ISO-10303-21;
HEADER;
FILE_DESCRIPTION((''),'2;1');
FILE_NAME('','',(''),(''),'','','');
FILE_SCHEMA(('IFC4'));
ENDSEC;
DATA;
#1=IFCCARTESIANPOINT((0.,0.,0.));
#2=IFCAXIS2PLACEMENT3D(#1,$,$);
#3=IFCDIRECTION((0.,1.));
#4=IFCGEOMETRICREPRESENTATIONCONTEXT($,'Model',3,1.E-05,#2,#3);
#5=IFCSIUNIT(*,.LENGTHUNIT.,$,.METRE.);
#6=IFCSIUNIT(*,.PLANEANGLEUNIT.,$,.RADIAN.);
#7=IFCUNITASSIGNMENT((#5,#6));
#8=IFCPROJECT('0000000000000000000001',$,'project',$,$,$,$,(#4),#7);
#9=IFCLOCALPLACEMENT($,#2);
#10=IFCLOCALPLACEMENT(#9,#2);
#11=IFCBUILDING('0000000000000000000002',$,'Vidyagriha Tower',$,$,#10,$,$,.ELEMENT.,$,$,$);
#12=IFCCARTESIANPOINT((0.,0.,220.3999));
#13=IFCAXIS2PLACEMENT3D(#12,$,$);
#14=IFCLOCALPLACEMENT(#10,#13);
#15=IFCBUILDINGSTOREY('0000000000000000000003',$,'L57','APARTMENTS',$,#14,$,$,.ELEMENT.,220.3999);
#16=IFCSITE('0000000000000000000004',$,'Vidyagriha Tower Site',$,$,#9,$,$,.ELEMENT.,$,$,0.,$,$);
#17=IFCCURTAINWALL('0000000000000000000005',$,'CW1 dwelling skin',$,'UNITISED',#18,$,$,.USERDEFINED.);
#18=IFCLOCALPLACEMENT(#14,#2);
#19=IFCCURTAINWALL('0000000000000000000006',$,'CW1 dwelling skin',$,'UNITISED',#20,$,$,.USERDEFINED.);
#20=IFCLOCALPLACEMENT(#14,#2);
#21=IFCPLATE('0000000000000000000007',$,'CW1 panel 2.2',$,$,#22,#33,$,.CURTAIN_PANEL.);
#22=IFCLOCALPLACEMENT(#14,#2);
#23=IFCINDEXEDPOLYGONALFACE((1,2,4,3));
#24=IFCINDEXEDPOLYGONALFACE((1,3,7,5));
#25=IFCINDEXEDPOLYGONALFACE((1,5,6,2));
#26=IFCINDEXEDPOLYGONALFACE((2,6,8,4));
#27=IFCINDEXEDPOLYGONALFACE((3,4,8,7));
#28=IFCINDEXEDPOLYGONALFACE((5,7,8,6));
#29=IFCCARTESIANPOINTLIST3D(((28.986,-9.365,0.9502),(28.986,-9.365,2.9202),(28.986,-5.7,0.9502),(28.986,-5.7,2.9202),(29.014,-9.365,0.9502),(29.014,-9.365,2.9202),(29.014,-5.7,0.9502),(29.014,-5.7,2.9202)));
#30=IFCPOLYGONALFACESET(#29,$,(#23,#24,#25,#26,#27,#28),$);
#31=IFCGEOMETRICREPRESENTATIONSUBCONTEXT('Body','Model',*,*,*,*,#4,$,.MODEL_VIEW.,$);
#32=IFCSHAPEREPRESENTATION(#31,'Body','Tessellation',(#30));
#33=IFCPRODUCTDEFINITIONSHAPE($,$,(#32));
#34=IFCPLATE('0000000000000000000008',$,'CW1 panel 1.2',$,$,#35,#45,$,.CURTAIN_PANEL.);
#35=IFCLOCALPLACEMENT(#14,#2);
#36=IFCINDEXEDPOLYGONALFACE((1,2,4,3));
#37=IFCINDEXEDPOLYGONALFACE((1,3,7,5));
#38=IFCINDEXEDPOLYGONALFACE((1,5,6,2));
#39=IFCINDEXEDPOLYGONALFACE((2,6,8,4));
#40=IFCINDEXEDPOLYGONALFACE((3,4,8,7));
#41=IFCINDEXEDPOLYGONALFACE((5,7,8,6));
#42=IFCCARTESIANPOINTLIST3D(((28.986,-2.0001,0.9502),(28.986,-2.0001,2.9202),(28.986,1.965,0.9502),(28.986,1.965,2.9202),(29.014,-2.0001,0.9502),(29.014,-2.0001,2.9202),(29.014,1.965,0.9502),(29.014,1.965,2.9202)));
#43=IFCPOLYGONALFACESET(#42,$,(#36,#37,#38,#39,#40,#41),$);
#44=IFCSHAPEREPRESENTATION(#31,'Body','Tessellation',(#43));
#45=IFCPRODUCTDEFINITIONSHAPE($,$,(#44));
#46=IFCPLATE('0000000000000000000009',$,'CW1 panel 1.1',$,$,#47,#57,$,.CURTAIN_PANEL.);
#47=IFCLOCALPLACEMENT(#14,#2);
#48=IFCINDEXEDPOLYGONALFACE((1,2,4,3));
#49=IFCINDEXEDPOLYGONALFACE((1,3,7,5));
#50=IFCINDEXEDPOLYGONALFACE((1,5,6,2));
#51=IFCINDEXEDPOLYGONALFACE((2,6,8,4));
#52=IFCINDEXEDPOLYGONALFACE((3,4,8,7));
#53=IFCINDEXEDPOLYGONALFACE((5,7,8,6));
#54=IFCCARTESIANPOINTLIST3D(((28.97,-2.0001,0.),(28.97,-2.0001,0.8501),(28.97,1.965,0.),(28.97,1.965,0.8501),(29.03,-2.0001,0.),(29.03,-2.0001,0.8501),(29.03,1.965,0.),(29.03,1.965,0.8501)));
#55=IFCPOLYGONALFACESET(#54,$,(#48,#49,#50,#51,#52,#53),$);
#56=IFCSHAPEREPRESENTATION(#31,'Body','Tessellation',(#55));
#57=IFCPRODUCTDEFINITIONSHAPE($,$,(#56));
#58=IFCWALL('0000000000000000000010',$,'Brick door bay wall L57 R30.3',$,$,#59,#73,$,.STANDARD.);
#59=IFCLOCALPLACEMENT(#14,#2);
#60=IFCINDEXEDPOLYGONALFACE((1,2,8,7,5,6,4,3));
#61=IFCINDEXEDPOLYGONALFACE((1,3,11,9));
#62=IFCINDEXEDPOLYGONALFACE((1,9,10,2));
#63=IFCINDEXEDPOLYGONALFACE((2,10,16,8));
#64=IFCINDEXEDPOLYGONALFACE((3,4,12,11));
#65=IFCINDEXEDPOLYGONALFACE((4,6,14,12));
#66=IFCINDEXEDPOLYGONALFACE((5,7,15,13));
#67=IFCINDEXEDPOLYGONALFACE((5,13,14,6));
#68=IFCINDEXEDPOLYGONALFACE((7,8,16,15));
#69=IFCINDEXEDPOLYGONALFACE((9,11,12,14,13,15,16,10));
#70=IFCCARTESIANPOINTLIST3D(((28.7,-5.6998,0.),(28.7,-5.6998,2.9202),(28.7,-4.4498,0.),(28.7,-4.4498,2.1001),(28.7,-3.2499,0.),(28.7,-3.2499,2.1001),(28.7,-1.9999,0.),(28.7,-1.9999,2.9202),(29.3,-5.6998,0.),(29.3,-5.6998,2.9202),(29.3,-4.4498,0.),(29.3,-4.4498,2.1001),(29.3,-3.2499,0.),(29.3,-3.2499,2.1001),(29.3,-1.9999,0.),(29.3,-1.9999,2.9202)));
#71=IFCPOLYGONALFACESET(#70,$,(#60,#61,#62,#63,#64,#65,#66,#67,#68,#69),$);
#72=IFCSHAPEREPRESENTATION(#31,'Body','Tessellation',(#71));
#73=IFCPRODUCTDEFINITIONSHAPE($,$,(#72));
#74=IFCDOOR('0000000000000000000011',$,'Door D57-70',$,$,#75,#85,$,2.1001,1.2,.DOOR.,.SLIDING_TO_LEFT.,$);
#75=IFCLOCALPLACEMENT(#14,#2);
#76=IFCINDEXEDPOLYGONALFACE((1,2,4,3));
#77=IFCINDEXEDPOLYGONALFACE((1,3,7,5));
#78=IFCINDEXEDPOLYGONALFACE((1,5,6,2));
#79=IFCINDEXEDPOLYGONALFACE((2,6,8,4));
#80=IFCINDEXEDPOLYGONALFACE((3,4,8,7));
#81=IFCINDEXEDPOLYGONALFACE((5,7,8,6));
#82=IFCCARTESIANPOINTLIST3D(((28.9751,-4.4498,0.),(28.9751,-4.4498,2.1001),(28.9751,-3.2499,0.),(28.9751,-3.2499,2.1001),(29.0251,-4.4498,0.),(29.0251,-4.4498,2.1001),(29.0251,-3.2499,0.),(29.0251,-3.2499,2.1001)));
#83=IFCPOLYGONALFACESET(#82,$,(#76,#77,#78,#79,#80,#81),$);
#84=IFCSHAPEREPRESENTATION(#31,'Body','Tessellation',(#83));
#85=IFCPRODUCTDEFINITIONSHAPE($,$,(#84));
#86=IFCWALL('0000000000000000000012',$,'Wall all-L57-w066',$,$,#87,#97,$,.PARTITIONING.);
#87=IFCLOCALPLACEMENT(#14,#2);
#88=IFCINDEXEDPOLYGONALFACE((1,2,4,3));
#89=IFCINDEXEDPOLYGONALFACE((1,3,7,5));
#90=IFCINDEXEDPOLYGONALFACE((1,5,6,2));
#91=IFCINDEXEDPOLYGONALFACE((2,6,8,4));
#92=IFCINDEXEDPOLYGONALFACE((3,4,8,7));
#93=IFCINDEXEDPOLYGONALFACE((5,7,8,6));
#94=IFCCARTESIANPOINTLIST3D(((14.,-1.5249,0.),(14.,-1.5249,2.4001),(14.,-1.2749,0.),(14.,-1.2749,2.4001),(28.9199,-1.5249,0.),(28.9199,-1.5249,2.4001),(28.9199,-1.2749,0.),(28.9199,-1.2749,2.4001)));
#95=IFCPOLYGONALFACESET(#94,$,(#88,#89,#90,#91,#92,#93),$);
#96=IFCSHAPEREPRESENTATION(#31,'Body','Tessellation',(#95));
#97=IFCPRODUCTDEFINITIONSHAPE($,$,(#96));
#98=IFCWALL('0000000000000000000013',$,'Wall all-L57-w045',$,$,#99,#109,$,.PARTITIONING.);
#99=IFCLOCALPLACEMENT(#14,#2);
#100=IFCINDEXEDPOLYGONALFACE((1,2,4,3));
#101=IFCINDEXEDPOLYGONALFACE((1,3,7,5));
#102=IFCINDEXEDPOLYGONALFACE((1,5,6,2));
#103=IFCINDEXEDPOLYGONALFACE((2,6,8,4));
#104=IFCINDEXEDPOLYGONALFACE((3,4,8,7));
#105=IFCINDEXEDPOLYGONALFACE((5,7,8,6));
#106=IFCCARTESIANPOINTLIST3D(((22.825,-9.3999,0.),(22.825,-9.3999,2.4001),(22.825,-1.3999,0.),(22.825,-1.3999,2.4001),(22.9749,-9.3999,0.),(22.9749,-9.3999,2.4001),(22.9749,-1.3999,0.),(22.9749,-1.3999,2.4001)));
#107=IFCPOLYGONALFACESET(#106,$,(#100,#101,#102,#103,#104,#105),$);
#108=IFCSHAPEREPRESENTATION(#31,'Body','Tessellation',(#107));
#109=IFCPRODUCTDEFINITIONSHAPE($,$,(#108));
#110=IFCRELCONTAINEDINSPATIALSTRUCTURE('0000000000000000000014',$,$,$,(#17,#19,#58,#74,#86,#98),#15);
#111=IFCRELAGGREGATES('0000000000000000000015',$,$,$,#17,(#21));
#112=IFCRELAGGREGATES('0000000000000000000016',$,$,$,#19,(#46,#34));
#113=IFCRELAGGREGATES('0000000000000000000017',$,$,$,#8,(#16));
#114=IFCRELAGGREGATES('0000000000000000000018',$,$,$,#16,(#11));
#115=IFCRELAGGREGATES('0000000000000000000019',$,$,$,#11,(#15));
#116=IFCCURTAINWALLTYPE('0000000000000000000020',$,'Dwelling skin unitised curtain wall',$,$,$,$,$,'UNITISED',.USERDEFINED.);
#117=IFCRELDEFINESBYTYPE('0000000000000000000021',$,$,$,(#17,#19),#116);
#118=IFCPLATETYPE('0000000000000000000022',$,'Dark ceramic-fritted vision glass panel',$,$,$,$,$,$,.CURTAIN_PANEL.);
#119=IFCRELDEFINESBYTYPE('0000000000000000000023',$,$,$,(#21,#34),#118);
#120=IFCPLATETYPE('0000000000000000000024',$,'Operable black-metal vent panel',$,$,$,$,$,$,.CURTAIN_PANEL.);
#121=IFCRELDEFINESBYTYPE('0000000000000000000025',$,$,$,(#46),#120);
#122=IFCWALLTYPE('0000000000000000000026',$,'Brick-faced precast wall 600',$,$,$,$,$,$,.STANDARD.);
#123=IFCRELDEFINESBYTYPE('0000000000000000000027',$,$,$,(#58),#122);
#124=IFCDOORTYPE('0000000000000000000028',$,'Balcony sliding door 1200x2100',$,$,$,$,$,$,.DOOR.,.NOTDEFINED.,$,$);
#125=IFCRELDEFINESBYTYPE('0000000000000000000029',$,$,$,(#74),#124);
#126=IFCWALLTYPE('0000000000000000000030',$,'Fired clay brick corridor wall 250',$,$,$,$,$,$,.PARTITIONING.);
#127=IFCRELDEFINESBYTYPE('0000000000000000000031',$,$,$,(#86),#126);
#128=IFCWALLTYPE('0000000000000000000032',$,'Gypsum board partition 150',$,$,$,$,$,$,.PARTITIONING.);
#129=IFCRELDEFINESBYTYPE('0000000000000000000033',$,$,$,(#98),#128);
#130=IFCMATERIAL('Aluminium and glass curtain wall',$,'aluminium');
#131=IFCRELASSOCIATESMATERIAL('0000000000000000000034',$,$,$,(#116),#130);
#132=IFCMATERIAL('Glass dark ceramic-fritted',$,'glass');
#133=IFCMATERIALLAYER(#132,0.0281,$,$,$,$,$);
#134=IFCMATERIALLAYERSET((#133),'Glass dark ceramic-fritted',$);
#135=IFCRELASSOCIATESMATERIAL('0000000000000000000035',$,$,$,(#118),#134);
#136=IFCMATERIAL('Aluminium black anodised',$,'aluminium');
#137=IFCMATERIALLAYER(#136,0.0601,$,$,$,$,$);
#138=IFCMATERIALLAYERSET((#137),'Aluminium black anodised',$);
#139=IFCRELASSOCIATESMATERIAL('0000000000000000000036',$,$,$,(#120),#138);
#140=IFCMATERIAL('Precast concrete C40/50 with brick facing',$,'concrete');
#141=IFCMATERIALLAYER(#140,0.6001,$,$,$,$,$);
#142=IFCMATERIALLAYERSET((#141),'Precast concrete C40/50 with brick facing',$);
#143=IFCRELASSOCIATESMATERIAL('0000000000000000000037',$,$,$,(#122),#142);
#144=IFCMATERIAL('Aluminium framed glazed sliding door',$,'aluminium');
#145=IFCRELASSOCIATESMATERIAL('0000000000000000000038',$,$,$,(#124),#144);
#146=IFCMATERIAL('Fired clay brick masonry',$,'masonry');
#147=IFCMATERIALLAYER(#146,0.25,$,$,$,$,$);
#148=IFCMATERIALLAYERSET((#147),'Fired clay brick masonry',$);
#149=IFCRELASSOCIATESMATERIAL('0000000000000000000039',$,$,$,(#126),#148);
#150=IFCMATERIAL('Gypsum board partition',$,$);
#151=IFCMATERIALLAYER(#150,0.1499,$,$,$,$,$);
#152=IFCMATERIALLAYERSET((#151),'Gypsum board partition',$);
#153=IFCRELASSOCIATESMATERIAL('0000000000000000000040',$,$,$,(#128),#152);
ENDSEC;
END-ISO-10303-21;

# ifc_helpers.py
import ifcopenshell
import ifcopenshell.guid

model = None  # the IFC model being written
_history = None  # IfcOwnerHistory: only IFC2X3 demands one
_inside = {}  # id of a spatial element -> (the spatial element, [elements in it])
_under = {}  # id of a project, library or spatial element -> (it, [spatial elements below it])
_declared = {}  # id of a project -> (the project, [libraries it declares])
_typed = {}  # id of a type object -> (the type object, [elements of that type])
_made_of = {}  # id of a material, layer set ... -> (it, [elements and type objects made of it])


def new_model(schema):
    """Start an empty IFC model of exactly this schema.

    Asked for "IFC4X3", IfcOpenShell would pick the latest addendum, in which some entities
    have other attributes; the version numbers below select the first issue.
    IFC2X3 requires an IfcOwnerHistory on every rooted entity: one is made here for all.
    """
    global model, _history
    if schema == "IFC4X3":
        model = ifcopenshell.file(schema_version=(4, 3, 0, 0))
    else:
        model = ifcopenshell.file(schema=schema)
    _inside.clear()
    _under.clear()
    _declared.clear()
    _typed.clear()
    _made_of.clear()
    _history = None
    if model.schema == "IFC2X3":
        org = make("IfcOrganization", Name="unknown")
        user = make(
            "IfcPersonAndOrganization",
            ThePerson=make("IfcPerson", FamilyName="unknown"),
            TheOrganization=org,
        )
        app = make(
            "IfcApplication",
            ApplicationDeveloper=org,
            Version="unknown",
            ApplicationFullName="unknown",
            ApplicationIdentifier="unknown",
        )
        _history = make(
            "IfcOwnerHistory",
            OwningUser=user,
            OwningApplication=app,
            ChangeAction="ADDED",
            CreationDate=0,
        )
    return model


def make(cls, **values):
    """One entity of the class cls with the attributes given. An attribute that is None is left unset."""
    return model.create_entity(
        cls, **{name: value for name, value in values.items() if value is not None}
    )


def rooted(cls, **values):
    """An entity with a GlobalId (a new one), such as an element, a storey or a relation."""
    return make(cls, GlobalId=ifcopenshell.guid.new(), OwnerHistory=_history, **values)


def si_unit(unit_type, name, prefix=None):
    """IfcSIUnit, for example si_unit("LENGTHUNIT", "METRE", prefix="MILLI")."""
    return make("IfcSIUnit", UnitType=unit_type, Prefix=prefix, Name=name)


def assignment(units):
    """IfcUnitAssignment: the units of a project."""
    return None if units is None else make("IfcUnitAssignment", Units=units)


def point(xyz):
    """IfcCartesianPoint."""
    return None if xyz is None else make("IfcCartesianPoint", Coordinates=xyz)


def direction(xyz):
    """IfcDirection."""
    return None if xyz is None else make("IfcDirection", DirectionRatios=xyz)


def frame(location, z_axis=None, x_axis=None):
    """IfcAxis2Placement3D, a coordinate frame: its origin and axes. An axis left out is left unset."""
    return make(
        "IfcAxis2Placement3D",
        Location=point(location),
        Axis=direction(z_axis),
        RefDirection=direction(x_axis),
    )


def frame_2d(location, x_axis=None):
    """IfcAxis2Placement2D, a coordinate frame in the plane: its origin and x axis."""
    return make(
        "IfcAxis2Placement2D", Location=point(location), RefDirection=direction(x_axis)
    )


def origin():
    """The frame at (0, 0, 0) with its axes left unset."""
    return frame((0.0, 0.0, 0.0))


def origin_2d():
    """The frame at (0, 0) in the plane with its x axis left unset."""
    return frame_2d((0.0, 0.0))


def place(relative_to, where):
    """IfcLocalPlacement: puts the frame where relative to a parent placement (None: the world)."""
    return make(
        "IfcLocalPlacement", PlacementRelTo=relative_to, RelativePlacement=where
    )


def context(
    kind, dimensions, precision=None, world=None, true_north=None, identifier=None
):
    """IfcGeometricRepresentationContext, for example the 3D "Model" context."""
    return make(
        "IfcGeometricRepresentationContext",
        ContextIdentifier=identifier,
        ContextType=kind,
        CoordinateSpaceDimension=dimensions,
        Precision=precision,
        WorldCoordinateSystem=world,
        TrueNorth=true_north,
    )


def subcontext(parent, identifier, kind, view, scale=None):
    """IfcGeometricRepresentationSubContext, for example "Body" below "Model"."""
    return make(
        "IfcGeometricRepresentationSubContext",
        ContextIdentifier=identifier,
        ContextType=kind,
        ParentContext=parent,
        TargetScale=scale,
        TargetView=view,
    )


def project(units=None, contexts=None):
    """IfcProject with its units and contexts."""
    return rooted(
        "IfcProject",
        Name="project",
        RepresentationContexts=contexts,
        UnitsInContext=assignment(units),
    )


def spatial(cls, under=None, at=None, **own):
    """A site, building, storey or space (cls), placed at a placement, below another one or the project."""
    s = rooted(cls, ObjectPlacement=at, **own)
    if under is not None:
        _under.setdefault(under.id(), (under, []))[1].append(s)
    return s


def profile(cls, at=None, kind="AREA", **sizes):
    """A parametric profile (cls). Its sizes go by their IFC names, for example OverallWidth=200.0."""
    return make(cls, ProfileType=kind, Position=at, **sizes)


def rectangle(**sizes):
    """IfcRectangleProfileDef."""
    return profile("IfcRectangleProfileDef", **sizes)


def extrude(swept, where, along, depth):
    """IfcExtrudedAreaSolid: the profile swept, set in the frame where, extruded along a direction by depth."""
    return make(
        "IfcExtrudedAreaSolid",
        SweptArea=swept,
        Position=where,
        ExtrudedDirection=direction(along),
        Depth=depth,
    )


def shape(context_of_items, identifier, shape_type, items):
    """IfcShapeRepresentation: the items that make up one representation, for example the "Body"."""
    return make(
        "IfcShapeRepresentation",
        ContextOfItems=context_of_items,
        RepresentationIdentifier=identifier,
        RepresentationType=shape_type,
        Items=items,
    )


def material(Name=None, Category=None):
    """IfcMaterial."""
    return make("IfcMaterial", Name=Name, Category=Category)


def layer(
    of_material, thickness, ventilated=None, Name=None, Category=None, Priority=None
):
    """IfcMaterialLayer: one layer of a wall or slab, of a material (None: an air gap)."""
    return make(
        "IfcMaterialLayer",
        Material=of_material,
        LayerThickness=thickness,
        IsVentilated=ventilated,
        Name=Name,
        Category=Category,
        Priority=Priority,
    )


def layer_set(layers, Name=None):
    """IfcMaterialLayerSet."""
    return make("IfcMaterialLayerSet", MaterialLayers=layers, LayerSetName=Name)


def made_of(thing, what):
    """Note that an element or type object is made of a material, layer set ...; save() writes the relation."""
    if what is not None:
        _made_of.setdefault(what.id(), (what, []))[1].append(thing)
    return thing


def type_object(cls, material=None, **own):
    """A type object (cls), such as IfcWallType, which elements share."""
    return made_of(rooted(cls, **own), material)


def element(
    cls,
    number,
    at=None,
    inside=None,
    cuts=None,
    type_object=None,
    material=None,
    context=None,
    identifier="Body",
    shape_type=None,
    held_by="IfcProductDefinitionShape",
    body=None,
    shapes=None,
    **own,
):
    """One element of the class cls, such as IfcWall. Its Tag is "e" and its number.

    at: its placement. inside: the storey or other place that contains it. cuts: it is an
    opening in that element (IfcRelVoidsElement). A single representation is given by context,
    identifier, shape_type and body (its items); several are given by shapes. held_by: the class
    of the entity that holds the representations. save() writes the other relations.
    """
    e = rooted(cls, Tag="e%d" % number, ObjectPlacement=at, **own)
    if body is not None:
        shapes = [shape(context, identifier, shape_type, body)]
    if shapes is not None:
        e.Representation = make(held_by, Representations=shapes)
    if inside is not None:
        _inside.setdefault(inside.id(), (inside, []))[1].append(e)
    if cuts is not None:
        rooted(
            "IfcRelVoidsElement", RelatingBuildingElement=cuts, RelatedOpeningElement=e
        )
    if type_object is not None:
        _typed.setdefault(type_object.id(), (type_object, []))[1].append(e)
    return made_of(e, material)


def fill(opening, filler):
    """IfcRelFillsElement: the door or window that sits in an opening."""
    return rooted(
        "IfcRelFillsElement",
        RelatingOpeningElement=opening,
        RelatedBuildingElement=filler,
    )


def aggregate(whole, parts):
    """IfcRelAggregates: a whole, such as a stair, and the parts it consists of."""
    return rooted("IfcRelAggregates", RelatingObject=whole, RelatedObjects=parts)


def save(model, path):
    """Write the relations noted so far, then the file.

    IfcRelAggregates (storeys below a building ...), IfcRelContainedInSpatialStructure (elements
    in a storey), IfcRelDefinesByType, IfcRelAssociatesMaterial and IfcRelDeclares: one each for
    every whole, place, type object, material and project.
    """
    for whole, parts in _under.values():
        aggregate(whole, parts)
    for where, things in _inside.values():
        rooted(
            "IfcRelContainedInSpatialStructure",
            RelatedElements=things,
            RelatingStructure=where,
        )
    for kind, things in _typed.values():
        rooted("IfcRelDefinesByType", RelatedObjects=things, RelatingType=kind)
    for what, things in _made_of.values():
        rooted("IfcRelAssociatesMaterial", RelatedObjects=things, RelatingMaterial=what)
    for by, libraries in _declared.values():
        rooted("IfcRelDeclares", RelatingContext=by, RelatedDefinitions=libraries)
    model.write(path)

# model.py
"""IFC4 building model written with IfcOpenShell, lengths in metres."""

from ifc_helpers import new_model, si_unit, direction, frame, frame_2d, origin, origin_2d, place, context, subcontext, project, spatial, rectangle, extrude, material, layer, layer_set, type_object, element, fill, aggregate, save


model = new_model("IFC4")

# Units and contexts
model_context = context("Model", 3, precision=1e-05, world=origin(), true_north=direction((0.0, 1.0)))
body_context = subcontext(model_context, "Body", "Model", "MODEL_VIEW")
ifc_project = project(units=[si_unit("LENGTHUNIT", "METRE"), si_unit("PLANEANGLEUNIT", "RADIAN")], contexts=[model_context])

# Site, building, storey
site_placement = place(None, origin())
site = spatial("IfcSite", under=ifc_project, at=site_placement, Name="Vidyagriha Tower Site", CompositionType="ELEMENT", RefElevation=0.0)
building_placement = place(site_placement, origin())
building = spatial("IfcBuilding", under=site, at=building_placement, Name="Vidyagriha Tower", CompositionType="ELEMENT")
storey_placement = place(building_placement, frame((0.0, 0.0, 220.3999)))
storey = spatial("IfcBuildingStorey", under=building, at=storey_placement, Name="L57", Description="APARTMENTS", CompositionType="ELEMENT", Elevation=220.3999)

# Curtain wall
ifc_material_1 = material(Name="Aluminium and glass curtain wall", Category="aluminium")
curtain_wall_type = type_object("IfcCurtainWallType", Name="Dwelling skin unitised curtain wall", ElementType="UNITISED", PredefinedType="USERDEFINED", material=ifc_material_1)
curtain_wall_1_placement = place(storey_placement, origin())
curtain_wall_1 = element("IfcCurtainWall", 1, at=curtain_wall_1_placement, inside=storey, type_object=curtain_wall_type, Name="CW1 dwelling skin", ObjectType="UNITISED", PredefinedType="USERDEFINED")

# Curtain wall
curtain_wall_2_placement = place(storey_placement, origin())
curtain_wall_2 = element("IfcCurtainWall", 2, at=curtain_wall_2_placement, inside=storey, type_object=curtain_wall_type, Name="CW1 dwelling skin", ObjectType="UNITISED", PredefinedType="USERDEFINED")

# Plates
ifc_material_2 = material(Name="Glass dark ceramic-fritted", Category="glass")
ifc_layer_1 = layer(ifc_material_2, 0.0281)
ifc_layer_set_1 = layer_set([ifc_layer_1], Name="Glass dark ceramic-fritted")
plate_type_1 = type_object("IfcPlateType", Name="Dark ceramic-fritted vision glass panel", PredefinedType="CURTAIN_PANEL", material=ifc_layer_set_1)
plate_1_placement = place(storey_placement, frame((29.0, -7.5325, 0.9502), z_axis=(0.0, 0.0, 1.0), x_axis=(0.0, 1.0, 0.0)))
plate_1 = element("IfcPlate", 3, at=plate_1_placement, type_object=plate_type_1, Name="CW1 panel 2.2", PredefinedType="CURTAIN_PANEL", context=body_context, shape_type="SweptSolid", body=[
    extrude(rectangle(XDim=3.665, YDim=0.0281, at=origin_2d()), origin(), (0.0, 0.0, 1.0), 1.97),
])
aggregate(curtain_wall_1, [plate_1])
plate_2_placement = place(storey_placement, frame((29.0, -0.0176, 0.9502), z_axis=(0.0, 0.0, 1.0), x_axis=(0.0, 1.0, 0.0)))
plate_2 = element("IfcPlate", 4, at=plate_2_placement, type_object=plate_type_1, Name="CW1 panel 1.2", PredefinedType="CURTAIN_PANEL", context=body_context, shape_type="SweptSolid", body=[
    extrude(rectangle(XDim=3.9651, YDim=0.0281, at=origin_2d()), origin(), (0.0, 0.0, 1.0), 1.97),
])
ifc_material_3 = material(Name="Aluminium black anodised", Category="aluminium")
ifc_layer_2 = layer(ifc_material_3, 0.0601)
ifc_layer_set_2 = layer_set([ifc_layer_2], Name="Aluminium black anodised")
plate_type_2 = type_object("IfcPlateType", Name="Operable black-metal vent panel", PredefinedType="CURTAIN_PANEL", material=ifc_layer_set_2)
plate_3_placement = place(storey_placement, frame((29.0, -0.0176, 0.0), z_axis=(0.0, 0.0, 1.0), x_axis=(0.0, 1.0, 0.0)))
plate_3 = element("IfcPlate", 5, at=plate_3_placement, type_object=plate_type_2, Name="CW1 panel 1.1", PredefinedType="CURTAIN_PANEL", context=body_context, shape_type="SweptSolid", body=[
    extrude(rectangle(XDim=3.9651, YDim=0.0601, at=origin_2d()), origin(), (0.0, 0.0, 1.0), 0.8501),
])
aggregate(curtain_wall_2, [plate_3, plate_2])

# Wall, opening, door
ifc_material_4 = material(Name="Precast concrete C40/50 with brick facing", Category="concrete")
ifc_layer_3 = layer(ifc_material_4, 0.6001)
ifc_layer_set_3 = layer_set([ifc_layer_3], Name="Precast concrete C40/50 with brick facing")
wall_type_1 = type_object("IfcWallType", Name="Brick-faced precast wall 600", PredefinedType="STANDARD", material=ifc_layer_set_3)
wall_1_placement = place(storey_placement, frame((29.0, -5.7, 0.0), z_axis=(0.0, 0.0, 1.0), x_axis=(0.0, 1.0, 0.0)))
wall_1 = element("IfcWall", 6, at=wall_1_placement, inside=storey, type_object=wall_type_1, Name="Brick door bay wall L57 R30.3", PredefinedType="STANDARD", context=body_context, shape_type="SweptSolid", body=[
    extrude(rectangle(XDim=3.7, YDim=0.6001, at=frame_2d((1.8501, 0.0))), origin(), (0.0, 0.0, 1.0), 2.9202),
])
opening_placement = place(wall_1_placement, frame((1.25, 0.0, 0.0)))
opening = element("IfcOpeningElement", 7, at=opening_placement, cuts=wall_1, PredefinedType="OPENING", context=body_context, shape_type="SweptSolid", body=[
    extrude(rectangle(XDim=1.2, YDim=2.1001, at=frame_2d((0.6001, 1.05))), frame((0.0, 0.3101, 0.0), z_axis=(0.0, -1.0, 0.0), x_axis=(1.0, 0.0, 0.0)), (0.0, 0.0, 1.0), 0.6201),
])
ifc_material_5 = material(Name="Aluminium framed glazed sliding door", Category="aluminium")
door_type = type_object("IfcDoorType", Name="Balcony sliding door 1200x2100", OperationType="NOTDEFINED", PredefinedType="DOOR", material=ifc_material_5)
door_placement = place(opening_placement, origin())
door = element("IfcDoor", 8, at=door_placement, inside=storey, type_object=door_type, Name="Door D57-70", OperationType="SLIDING_TO_LEFT", OverallHeight=2.1001, OverallWidth=1.2, PredefinedType="DOOR", context=body_context, shape_type="SweptSolid", body=[
    extrude(rectangle(XDim=1.2, YDim=2.1001, at=frame_2d((0.6001, 1.05))), frame((0.0, 0.0249, 0.0), z_axis=(0.0, -1.0, 0.0), x_axis=(1.0, 0.0, 0.0)), (0.0, 0.0, 1.0), 0.05),
])
fill(opening, door)

# Walls
ifc_material_6 = material(Name="Fired clay brick masonry", Category="masonry")
ifc_layer_4 = layer(ifc_material_6, 0.25)
ifc_layer_set_4 = layer_set([ifc_layer_4], Name="Fired clay brick masonry")
wall_type_2 = type_object("IfcWallType", Name="Fired clay brick corridor wall 250", PredefinedType="PARTITIONING", material=ifc_layer_set_4)
wall_2_placement = place(storey_placement, frame((28.9199, -1.3999, 0.0), z_axis=(0.0, 0.0, 1.0), x_axis=(-1.0, 0.0, 0.0)))
element("IfcWall", 9, at=wall_2_placement, inside=storey, type_object=wall_type_2, Name="Wall all-L57-w066", PredefinedType="PARTITIONING", context=body_context, shape_type="SweptSolid", body=[
    extrude(rectangle(XDim=14.9199, YDim=0.25, at=frame_2d((7.46, 0.0))), origin(), (0.0, 0.0, 1.0), 2.4001),
])
ifc_material_7 = material(Name="Gypsum board partition")
ifc_layer_5 = layer(ifc_material_7, 0.1499)
ifc_layer_set_5 = layer_set([ifc_layer_5], Name="Gypsum board partition")
wall_type_3 = type_object("IfcWallType", Name="Gypsum board partition 150", PredefinedType="PARTITIONING", material=ifc_layer_set_5)
wall_3_placement = place(storey_placement, frame((22.8999, -1.3999, 0.0), z_axis=(0.0, 0.0, 1.0), x_axis=(0.0, -1.0, 0.0)))
element("IfcWall", 10, at=wall_3_placement, inside=storey, type_object=wall_type_3, Name="Wall all-L57-w045", PredefinedType="PARTITIONING", context=body_context, shape_type="SweptSolid", body=[
    extrude(rectangle(XDim=8.0, YDim=0.1499, at=frame_2d((4.0, 0.0))), origin(), (0.0, 0.0, 1.0), 2.4001),
])

save(model, "model.ifc")
